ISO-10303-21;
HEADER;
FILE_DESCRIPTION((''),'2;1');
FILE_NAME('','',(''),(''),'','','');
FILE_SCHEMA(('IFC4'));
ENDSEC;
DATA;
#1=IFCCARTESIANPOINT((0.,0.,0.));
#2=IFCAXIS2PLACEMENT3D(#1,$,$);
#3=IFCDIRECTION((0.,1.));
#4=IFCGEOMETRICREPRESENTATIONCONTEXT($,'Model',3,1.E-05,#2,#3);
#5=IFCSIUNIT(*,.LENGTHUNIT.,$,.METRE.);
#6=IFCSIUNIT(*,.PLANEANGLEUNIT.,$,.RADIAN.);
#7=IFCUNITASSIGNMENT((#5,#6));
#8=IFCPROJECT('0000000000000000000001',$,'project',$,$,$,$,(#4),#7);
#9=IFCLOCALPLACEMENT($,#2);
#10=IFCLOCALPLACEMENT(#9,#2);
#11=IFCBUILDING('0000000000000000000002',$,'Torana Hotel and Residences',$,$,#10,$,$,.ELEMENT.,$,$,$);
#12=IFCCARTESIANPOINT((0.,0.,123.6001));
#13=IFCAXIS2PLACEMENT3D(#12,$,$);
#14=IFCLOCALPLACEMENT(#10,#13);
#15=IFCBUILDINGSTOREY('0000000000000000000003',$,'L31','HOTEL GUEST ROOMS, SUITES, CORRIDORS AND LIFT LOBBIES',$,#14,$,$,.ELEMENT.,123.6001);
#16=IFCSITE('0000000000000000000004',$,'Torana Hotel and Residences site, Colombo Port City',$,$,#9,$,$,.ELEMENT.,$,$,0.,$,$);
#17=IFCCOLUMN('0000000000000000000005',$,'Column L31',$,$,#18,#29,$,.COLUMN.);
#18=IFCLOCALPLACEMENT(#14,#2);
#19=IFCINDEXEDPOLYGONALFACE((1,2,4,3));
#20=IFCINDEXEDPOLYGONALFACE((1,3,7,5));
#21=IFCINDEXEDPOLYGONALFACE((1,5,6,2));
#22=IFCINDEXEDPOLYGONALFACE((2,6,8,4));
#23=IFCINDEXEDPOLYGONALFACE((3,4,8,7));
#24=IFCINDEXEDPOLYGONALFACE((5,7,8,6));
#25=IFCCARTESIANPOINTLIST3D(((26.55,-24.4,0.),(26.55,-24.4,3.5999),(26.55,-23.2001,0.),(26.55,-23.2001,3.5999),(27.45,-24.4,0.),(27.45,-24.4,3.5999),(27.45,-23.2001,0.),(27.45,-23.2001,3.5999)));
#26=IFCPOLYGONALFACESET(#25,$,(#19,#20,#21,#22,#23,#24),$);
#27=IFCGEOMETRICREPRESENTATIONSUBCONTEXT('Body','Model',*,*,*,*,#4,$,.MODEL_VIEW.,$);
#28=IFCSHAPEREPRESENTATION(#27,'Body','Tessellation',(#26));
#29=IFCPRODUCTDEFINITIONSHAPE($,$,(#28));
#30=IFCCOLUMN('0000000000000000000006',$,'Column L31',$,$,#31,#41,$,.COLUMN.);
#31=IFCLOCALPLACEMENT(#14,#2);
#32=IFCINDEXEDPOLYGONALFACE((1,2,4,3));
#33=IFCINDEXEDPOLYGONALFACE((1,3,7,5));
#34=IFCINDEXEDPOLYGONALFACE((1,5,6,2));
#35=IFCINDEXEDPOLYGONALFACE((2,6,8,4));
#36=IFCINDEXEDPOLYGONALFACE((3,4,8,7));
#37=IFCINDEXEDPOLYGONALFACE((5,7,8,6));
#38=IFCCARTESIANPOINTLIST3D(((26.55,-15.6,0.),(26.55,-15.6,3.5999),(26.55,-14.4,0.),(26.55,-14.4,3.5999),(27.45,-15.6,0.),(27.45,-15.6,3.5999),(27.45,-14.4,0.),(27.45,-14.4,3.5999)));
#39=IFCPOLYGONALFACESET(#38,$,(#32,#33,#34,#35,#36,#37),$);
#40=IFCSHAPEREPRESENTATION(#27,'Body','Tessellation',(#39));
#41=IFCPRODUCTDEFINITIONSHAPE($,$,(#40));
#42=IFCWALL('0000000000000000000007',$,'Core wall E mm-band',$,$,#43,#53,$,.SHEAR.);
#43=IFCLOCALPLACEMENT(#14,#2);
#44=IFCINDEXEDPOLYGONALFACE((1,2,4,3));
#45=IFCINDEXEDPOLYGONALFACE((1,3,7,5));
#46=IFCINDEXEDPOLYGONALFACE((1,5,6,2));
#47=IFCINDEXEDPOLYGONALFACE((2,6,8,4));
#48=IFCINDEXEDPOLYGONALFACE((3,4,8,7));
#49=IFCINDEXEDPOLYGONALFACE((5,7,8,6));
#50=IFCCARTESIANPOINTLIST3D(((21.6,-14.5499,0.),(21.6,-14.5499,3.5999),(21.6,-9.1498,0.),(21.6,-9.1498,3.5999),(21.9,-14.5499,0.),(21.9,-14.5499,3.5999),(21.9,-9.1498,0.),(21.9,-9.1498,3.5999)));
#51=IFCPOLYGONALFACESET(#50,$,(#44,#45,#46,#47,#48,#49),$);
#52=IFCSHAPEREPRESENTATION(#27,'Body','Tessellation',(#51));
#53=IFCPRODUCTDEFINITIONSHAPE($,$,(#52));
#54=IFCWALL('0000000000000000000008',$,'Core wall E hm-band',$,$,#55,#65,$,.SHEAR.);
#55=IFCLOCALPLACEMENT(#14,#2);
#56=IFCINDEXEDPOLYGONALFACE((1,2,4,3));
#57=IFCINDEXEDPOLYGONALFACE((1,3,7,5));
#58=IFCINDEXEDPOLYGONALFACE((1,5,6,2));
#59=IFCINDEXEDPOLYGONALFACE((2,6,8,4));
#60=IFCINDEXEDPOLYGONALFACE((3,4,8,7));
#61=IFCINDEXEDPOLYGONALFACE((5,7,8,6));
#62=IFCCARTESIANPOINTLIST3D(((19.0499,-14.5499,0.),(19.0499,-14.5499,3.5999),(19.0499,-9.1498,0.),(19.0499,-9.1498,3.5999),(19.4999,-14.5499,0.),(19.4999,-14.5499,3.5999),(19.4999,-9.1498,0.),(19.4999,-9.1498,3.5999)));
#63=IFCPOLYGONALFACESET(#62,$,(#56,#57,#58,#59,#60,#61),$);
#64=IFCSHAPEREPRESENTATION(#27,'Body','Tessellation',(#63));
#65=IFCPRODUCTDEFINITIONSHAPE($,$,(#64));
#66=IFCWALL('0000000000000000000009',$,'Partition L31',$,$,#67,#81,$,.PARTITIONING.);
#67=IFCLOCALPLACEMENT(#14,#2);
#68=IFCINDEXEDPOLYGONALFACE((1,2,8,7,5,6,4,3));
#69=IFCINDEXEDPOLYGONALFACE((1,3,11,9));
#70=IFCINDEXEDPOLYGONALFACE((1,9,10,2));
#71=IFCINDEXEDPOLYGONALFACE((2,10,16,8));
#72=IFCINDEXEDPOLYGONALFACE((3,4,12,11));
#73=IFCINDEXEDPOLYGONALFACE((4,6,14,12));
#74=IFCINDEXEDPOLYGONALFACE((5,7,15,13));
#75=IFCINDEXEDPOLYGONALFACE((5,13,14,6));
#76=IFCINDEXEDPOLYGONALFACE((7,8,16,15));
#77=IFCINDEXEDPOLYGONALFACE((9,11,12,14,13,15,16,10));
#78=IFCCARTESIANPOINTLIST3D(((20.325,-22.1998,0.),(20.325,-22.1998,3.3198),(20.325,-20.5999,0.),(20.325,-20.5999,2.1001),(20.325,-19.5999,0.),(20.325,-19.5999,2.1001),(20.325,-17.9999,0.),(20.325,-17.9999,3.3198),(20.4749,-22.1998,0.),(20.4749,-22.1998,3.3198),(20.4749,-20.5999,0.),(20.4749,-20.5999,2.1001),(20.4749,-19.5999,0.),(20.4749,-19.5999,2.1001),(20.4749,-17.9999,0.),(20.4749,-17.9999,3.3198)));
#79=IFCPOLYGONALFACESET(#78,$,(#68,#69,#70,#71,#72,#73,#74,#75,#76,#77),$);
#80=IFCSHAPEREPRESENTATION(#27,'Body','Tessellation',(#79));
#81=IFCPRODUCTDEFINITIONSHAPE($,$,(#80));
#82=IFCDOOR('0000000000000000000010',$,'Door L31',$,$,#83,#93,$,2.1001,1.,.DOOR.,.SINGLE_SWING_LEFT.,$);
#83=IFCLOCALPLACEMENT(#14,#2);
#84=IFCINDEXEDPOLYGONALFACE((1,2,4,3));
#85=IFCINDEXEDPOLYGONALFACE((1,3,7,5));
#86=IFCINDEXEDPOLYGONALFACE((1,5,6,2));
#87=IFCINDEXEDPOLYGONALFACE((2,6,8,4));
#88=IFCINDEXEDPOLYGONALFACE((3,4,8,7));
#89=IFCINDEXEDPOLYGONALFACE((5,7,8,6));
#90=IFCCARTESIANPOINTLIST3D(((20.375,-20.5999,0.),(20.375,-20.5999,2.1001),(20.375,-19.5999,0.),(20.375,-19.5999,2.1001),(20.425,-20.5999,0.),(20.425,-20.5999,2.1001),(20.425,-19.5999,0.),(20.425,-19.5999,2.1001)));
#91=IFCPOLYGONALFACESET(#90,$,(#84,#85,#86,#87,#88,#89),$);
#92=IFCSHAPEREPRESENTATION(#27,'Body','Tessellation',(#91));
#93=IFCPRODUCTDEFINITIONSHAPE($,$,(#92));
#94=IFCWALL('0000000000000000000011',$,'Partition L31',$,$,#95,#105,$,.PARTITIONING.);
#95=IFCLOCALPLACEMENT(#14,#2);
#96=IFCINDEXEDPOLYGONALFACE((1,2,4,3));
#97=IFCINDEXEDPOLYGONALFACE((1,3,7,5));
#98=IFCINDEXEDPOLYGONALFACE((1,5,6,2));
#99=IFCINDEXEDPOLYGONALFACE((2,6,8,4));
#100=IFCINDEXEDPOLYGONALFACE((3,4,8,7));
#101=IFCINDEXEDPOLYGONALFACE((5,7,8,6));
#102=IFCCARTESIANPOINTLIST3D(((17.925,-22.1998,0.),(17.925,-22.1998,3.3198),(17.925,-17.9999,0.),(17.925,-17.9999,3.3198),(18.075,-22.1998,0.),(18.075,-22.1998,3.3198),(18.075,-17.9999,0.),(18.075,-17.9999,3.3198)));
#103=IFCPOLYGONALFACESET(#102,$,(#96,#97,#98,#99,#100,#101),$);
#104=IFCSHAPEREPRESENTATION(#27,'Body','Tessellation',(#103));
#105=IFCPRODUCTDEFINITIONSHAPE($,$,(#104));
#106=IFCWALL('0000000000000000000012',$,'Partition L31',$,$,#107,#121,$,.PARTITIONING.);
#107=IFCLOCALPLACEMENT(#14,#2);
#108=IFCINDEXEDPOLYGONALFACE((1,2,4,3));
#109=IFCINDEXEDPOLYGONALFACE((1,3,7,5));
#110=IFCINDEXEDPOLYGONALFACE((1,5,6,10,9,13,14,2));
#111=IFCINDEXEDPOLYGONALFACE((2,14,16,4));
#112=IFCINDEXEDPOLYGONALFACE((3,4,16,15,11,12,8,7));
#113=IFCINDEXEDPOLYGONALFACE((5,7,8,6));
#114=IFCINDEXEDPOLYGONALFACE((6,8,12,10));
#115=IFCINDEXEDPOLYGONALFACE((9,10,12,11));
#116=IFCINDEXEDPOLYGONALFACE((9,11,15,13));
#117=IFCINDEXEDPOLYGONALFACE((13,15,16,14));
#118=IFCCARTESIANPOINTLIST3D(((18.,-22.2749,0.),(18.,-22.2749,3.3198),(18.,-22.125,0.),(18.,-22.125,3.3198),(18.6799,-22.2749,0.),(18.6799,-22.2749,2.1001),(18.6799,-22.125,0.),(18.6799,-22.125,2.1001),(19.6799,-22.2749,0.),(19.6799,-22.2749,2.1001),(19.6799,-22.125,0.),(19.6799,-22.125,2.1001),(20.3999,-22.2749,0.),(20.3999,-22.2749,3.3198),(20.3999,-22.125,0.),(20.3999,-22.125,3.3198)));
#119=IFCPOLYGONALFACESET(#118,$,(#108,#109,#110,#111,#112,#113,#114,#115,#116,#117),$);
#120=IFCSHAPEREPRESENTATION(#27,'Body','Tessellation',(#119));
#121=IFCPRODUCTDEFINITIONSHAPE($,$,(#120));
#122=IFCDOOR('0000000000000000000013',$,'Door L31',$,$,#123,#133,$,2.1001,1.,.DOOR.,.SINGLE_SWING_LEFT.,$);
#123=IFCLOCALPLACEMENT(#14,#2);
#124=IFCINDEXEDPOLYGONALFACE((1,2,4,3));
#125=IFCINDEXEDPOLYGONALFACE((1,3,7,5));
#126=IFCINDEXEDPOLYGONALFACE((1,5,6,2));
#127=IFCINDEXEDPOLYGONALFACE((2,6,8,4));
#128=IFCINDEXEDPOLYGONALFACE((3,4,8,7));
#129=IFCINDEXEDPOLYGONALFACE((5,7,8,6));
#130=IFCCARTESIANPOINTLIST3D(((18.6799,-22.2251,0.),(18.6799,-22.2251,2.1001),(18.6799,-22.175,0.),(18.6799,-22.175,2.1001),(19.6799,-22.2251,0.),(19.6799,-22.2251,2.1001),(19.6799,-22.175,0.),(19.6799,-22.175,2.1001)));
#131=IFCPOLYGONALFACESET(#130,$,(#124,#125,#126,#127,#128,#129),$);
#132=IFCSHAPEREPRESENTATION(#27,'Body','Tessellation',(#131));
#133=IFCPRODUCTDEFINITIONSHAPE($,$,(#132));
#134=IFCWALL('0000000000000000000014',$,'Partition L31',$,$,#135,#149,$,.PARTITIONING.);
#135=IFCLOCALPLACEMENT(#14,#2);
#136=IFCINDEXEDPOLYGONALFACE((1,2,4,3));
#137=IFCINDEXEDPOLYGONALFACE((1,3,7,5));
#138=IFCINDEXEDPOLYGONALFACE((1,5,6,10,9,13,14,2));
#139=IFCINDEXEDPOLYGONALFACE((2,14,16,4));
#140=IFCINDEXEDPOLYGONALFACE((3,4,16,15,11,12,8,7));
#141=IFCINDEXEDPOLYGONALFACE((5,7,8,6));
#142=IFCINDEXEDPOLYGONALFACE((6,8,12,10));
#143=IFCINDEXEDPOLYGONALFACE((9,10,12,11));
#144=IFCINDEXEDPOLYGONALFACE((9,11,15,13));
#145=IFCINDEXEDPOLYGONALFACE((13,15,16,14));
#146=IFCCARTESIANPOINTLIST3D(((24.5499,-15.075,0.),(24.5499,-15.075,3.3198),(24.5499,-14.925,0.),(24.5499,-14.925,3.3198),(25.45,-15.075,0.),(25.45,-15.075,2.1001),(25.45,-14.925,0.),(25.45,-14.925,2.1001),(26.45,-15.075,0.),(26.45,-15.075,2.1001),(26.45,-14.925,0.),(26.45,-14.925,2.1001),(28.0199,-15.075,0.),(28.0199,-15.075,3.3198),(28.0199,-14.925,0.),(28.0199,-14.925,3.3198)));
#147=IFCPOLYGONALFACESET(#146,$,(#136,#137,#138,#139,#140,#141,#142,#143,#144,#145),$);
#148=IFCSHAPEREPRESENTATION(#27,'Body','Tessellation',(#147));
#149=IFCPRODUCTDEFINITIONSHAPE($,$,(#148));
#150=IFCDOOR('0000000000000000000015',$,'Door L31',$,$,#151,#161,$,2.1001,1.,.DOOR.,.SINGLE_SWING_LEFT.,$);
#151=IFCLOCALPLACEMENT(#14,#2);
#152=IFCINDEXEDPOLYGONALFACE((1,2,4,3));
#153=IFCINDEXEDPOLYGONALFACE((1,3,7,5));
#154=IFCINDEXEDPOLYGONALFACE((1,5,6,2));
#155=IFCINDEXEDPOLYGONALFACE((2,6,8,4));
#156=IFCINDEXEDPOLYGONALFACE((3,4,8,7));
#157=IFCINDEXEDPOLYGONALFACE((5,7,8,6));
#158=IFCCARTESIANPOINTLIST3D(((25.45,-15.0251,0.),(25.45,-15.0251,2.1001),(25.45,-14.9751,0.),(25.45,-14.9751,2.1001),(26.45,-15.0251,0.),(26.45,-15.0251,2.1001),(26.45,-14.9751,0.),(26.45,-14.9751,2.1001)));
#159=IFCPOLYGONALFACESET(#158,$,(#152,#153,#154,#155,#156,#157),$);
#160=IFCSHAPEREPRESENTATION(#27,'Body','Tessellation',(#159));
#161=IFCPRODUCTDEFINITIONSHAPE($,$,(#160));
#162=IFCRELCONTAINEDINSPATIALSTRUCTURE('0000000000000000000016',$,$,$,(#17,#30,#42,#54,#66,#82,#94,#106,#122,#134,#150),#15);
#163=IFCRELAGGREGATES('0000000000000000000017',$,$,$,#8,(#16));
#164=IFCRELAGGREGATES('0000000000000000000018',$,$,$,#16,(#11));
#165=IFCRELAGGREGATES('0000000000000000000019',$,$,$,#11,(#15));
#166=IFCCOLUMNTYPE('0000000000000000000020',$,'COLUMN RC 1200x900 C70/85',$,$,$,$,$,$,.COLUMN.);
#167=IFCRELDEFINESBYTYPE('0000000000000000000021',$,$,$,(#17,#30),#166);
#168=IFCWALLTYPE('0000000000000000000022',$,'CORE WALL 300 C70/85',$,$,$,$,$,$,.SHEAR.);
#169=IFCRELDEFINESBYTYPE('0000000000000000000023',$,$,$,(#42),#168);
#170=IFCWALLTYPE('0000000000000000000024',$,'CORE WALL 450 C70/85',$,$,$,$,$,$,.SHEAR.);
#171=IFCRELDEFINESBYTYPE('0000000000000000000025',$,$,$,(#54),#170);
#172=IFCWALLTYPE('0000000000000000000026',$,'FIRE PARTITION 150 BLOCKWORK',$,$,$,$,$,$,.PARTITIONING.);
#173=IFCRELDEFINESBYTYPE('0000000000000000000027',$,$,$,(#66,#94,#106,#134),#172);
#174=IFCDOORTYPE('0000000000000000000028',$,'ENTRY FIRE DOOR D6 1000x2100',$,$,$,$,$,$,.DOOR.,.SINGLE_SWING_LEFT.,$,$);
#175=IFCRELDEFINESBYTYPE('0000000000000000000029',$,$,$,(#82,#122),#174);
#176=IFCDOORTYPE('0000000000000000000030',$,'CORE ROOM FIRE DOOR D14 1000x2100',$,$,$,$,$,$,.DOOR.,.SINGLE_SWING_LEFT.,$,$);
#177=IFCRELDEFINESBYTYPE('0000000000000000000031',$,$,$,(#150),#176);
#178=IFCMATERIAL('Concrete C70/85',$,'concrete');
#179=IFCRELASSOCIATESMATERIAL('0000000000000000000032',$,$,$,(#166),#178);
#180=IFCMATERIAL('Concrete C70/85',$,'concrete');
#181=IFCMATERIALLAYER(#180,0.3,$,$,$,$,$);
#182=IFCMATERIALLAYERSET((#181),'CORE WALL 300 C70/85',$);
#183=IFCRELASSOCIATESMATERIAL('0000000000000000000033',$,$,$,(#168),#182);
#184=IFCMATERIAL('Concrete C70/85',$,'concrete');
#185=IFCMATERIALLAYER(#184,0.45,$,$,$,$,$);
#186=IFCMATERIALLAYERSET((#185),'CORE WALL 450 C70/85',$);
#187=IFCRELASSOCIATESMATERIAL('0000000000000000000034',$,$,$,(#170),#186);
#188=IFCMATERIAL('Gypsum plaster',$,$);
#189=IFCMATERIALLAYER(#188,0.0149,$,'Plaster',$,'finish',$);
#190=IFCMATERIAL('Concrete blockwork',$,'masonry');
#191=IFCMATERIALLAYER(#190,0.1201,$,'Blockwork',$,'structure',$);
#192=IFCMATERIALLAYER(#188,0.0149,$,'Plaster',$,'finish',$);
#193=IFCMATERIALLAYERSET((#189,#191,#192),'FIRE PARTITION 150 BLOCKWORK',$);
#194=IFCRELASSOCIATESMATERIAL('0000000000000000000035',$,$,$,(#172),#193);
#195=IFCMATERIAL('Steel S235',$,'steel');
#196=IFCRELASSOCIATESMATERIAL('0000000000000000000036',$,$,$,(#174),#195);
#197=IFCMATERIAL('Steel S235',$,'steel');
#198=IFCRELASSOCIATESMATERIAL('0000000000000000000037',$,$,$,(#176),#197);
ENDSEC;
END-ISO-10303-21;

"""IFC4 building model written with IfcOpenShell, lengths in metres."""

from ifc_helpers import new_model, si_unit, direction, frame, frame_2d, origin, origin_2d, place, context, subcontext, project, spatial, rectangle, extrude, material, layer, layer_set, material_profile, profile_set, type_object, element, fill, save


model = new_model("IFC4")

# Units and contexts
model_context = context("Model", 3, precision=1e-05, world=origin(), true_north=direction((0.0, 1.0)))
body_context = subcontext(model_context, "Body", "Model", "MODEL_VIEW")
ifc_project = project(units=[si_unit("LENGTHUNIT", "METRE"), si_unit("PLANEANGLEUNIT", "RADIAN")], contexts=[model_context])

# Site, building, storey
site_placement = place(None, origin())
site = spatial("IfcSite", under=ifc_project, at=site_placement, Name="Torana Hotel and Residences site, Colombo Port City", CompositionType="ELEMENT", RefElevation=0.0)
building_placement = place(site_placement, origin())
building = spatial("IfcBuilding", under=site, at=building_placement, Name="Torana Hotel and Residences", CompositionType="ELEMENT")
storey_placement = place(building_placement, frame((0.0, 0.0, 123.6001)))
storey = spatial("IfcBuildingStorey", under=building, at=storey_placement, Name="L31", Description="HOTEL GUEST ROOMS, SUITES, CORRIDORS AND LIFT LOBBIES", CompositionType="ELEMENT", Elevation=123.6001)

# Columns
ifc_material_1 = material(Name="Concrete C70/85", Category="concrete")
ifc_material_profile = material_profile(ifc_material_1, rectangle(XDim=1.2, YDim=0.8999, at=origin_2d()), Name="RC 1200x900")
ifc_profile_set = profile_set([ifc_material_profile], Name="Concrete C70/85")
column_type = type_object("IfcColumnType", Name="COLUMN RC 1200x900 C70/85", PredefinedType="COLUMN", material=ifc_profile_set)
for number, where, z_axis, x_axis, name in (
    (1, (27.0, -23.8, 0.0), (0.0, 0.0, 1.0), (0.0, 1.0, 0.0), "Column L31"),
    (2, (27.0, -15.0, 0.0), (0.0, 0.0, 1.0), (0.0, 1.0, 0.0), "Column L31"),
):
    element("IfcColumn", number, at=place(storey_placement, frame(where, z_axis=z_axis, x_axis=x_axis)), inside=storey, type_object=column_type, Name=name, PredefinedType="COLUMN", context=body_context, shape_type="SweptSolid", body=[
        extrude(rectangle(XDim=1.2, YDim=0.8999, at=origin_2d()), origin(), (0.0, 0.0, 1.0), 3.5999),
    ])

# Walls
ifc_material_2 = material(Name="Concrete C70/85", Category="concrete")
ifc_layer_1 = layer(ifc_material_2, 0.3)
ifc_layer_set_1 = layer_set([ifc_layer_1], Name="CORE WALL 300 C70/85")
wall_type_1 = type_object("IfcWallType", Name="CORE WALL 300 C70/85", PredefinedType="SHEAR", material=ifc_layer_set_1)
wall_1_placement = place(storey_placement, frame((21.75, -14.55, 0.0), z_axis=(0.0, 0.0, 1.0), x_axis=(0.0, 1.0, 0.0)))
element("IfcWall", 3, at=wall_1_placement, inside=storey, type_object=wall_type_1, Name="Core wall E mm-band", PredefinedType="SHEAR", context=body_context, shape_type="SweptSolid", body=[
    extrude(rectangle(XDim=5.4001, YDim=0.3, at=frame_2d((2.7002, 0.0))), origin(), (0.0, 0.0, 1.0), 3.5999),
])
ifc_material_3 = material(Name="Concrete C70/85", Category="concrete")
ifc_layer_2 = layer(ifc_material_3, 0.45)
ifc_layer_set_2 = layer_set([ifc_layer_2], Name="CORE WALL 450 C70/85")
wall_type_2 = type_object("IfcWallType", Name="CORE WALL 450 C70/85", PredefinedType="SHEAR", material=ifc_layer_set_2)
wall_2_placement = place(storey_placement, frame((19.2749, -14.55, 0.0), z_axis=(0.0, 0.0, 1.0), x_axis=(0.0, 1.0, 0.0)))
element("IfcWall", 4, at=wall_2_placement, inside=storey, type_object=wall_type_2, Name="Core wall E hm-band", PredefinedType="SHEAR", context=body_context, shape_type="SweptSolid", body=[
    extrude(rectangle(XDim=5.4001, YDim=0.45, at=frame_2d((2.7002, 0.0))), origin(), (0.0, 0.0, 1.0), 3.5999),
])

# Wall, opening, door
ifc_material_4 = material(Name="Gypsum plaster")
ifc_layer_3 = layer(ifc_material_4, 0.0149, Name="Plaster", Category="finish")
ifc_material_5 = material(Name="Concrete blockwork", Category="masonry")
ifc_layer_4 = layer(ifc_material_5, 0.1201, Name="Blockwork", Category="structure")
ifc_layer_5 = layer(ifc_material_4, 0.0149, Name="Plaster", Category="finish")
ifc_layer_set_3 = layer_set([ifc_layer_3, ifc_layer_4, ifc_layer_5], Name="FIRE PARTITION 150 BLOCKWORK")
wall_type_3 = type_object("IfcWallType", Name="FIRE PARTITION 150 BLOCKWORK", PredefinedType="PARTITIONING", material=ifc_layer_set_3)
wall_3_placement = place(storey_placement, frame((20.3999, -22.2, 0.0), z_axis=(0.0, 0.0, 1.0), x_axis=(0.0, 1.0, 0.0)))
wall_3 = element("IfcWall", 5, at=wall_3_placement, inside=storey, type_object=wall_type_3, Name="Partition L31", PredefinedType="PARTITIONING", context=body_context, shape_type="SweptSolid", body=[
    extrude(rectangle(XDim=4.2, YDim=0.1499, at=frame_2d((2.1001, 0.0))), origin(), (0.0, 0.0, 1.0), 3.3198),
])
opening_1_placement = place(wall_3_placement, frame((1.6001, 0.0, 0.0)))
opening_1 = element("IfcOpeningElement", 6, at=opening_1_placement, cuts=wall_3, PredefinedType="OPENING", context=body_context, shape_type="SweptSolid", body=[
    extrude(rectangle(XDim=1.0, YDim=2.1001, at=frame_2d((0.5, 1.05))), frame((0.0, 0.085, 0.0), z_axis=(0.0, -1.0, 0.0), x_axis=(1.0, 0.0, 0.0)), (0.0, 0.0, 1.0), 0.1699),
])
ifc_material_6 = material(Name="Steel S235", Category="steel")
door_type_1 = type_object("IfcDoorType", Name="ENTRY FIRE DOOR D6 1000x2100", OperationType="SINGLE_SWING_LEFT", PredefinedType="DOOR", material=ifc_material_6)
door_1_placement = place(opening_1_placement, frame((0.5, 0.0, 0.0), z_axis=(0.0, 0.0, 1.0), x_axis=(-1.0, 0.0, 0.0)))
door_1 = element("IfcDoor", 7, at=door_1_placement, inside=storey, type_object=door_type_1, Name="Door L31", OperationType="SINGLE_SWING_LEFT", OverallHeight=2.1001, OverallWidth=1.0, PredefinedType="DOOR", context=body_context, shape_type="SweptSolid", body=[
    extrude(rectangle(XDim=1.0, YDim=2.1001, at=frame_2d((0.0, 1.05))), frame((0.0, -0.0249, 0.0), z_axis=(0.0, 1.0, 0.0), x_axis=(-1.0, 0.0, 0.0)), (0.0, 0.0, 1.0), 0.05),
])
fill(opening_1, door_1)

# Wall
wall_4_placement = place(storey_placement, frame((18.0, -22.2, 0.0), z_axis=(0.0, 0.0, 1.0), x_axis=(0.0, 1.0, 0.0)))
element("IfcWall", 8, at=wall_4_placement, inside=storey, type_object=wall_type_3, Name="Partition L31", PredefinedType="PARTITIONING", context=body_context, shape_type="SweptSolid", body=[
    extrude(rectangle(XDim=4.2, YDim=0.1499, at=frame_2d((2.1001, 0.0))), origin(), (0.0, 0.0, 1.0), 3.3198),
])

# Walls, openings, doors
wall_5_placement = place(storey_placement, frame((18.0, -22.2, 0.0), z_axis=(0.0, 0.0, 1.0), x_axis=(1.0, 0.0, 0.0)))
wall_5 = element("IfcWall", 9, at=wall_5_placement, inside=storey, type_object=wall_type_3, Name="Partition L31", PredefinedType="PARTITIONING", context=body_context, shape_type="SweptSolid", body=[
    extrude(rectangle(XDim=2.3999, YDim=0.1499, at=frame_2d((1.2, 0.0))), origin(), (0.0, 0.0, 1.0), 3.3198),
])
opening_2_placement = place(wall_5_placement, frame((0.6799, 0.0, 0.0)))
opening_2 = element("IfcOpeningElement", 10, at=opening_2_placement, cuts=wall_5, PredefinedType="OPENING", context=body_context, shape_type="SweptSolid", body=[
    extrude(rectangle(XDim=1.0, YDim=2.1001, at=frame_2d((0.5, 1.05))), frame((0.0, 0.085, 0.0), z_axis=(0.0, -1.0, 0.0), x_axis=(1.0, 0.0, 0.0)), (0.0, 0.0, 1.0), 0.1699),
])
door_2_placement = place(opening_2_placement, frame((0.5, 0.0, 0.0), z_axis=(0.0, 0.0, 1.0), x_axis=(-1.0, 0.0, 0.0)))
door_2 = element("IfcDoor", 11, at=door_2_placement, inside=storey, type_object=door_type_1, Name="Door L31", OperationType="SINGLE_SWING_LEFT", OverallHeight=2.1001, OverallWidth=1.0, PredefinedType="DOOR", context=body_context, shape_type="SweptSolid", body=[
    extrude(rectangle(XDim=1.0, YDim=2.1001, at=frame_2d((0.0, 1.05))), frame((0.0, -0.0249, 0.0), z_axis=(0.0, 1.0, 0.0), x_axis=(-1.0, 0.0, 0.0)), (0.0, 0.0, 1.0), 0.05),
])
fill(opening_2, door_2)
wall_6_placement = place(storey_placement, frame((24.55, -15.0, 0.0), z_axis=(0.0, 0.0, 1.0), x_axis=(1.0, 0.0, 0.0)))
wall_6 = element("IfcWall", 12, at=wall_6_placement, inside=storey, type_object=wall_type_3, Name="Partition L31", PredefinedType="PARTITIONING", context=body_context, shape_type="SweptSolid", body=[
    extrude(rectangle(XDim=3.47, YDim=0.1499, at=frame_2d((1.7349, 0.0))), origin(), (0.0, 0.0, 1.0), 3.3198),
])
opening_3_placement = place(wall_6_placement, frame((0.8999, 0.0, 0.0)))
opening_3 = element("IfcOpeningElement", 13, at=opening_3_placement, cuts=wall_6, PredefinedType="OPENING", context=body_context, shape_type="SweptSolid", body=[
    extrude(rectangle(XDim=1.0, YDim=2.1001, at=frame_2d((0.5, 1.05))), frame((0.0, 0.085, 0.0), z_axis=(0.0, -1.0, 0.0), x_axis=(1.0, 0.0, 0.0)), (0.0, 0.0, 1.0), 0.1699),
])
ifc_material_7 = material(Name="Steel S235", Category="steel")
door_type_2 = type_object("IfcDoorType", Name="CORE ROOM FIRE DOOR D14 1000x2100", OperationType="SINGLE_SWING_LEFT", PredefinedType="DOOR", material=ifc_material_7)
door_3_placement = place(opening_3_placement, origin())
door_3 = element("IfcDoor", 14, at=door_3_placement, inside=storey, type_object=door_type_2, Name="Door L31", OperationType="SINGLE_SWING_LEFT", OverallHeight=2.1001, OverallWidth=1.0, PredefinedType="DOOR", context=body_context, shape_type="SweptSolid", body=[
    extrude(rectangle(XDim=1.0, YDim=2.1001, at=frame_2d((0.5, 1.05))), frame((0.0, 0.0249, 0.0), z_axis=(0.0, -1.0, 0.0), x_axis=(1.0, 0.0, 0.0)), (0.0, 0.0, 1.0), 0.05),
])
fill(opening_3, door_3)

save(model, "model.ifc")
